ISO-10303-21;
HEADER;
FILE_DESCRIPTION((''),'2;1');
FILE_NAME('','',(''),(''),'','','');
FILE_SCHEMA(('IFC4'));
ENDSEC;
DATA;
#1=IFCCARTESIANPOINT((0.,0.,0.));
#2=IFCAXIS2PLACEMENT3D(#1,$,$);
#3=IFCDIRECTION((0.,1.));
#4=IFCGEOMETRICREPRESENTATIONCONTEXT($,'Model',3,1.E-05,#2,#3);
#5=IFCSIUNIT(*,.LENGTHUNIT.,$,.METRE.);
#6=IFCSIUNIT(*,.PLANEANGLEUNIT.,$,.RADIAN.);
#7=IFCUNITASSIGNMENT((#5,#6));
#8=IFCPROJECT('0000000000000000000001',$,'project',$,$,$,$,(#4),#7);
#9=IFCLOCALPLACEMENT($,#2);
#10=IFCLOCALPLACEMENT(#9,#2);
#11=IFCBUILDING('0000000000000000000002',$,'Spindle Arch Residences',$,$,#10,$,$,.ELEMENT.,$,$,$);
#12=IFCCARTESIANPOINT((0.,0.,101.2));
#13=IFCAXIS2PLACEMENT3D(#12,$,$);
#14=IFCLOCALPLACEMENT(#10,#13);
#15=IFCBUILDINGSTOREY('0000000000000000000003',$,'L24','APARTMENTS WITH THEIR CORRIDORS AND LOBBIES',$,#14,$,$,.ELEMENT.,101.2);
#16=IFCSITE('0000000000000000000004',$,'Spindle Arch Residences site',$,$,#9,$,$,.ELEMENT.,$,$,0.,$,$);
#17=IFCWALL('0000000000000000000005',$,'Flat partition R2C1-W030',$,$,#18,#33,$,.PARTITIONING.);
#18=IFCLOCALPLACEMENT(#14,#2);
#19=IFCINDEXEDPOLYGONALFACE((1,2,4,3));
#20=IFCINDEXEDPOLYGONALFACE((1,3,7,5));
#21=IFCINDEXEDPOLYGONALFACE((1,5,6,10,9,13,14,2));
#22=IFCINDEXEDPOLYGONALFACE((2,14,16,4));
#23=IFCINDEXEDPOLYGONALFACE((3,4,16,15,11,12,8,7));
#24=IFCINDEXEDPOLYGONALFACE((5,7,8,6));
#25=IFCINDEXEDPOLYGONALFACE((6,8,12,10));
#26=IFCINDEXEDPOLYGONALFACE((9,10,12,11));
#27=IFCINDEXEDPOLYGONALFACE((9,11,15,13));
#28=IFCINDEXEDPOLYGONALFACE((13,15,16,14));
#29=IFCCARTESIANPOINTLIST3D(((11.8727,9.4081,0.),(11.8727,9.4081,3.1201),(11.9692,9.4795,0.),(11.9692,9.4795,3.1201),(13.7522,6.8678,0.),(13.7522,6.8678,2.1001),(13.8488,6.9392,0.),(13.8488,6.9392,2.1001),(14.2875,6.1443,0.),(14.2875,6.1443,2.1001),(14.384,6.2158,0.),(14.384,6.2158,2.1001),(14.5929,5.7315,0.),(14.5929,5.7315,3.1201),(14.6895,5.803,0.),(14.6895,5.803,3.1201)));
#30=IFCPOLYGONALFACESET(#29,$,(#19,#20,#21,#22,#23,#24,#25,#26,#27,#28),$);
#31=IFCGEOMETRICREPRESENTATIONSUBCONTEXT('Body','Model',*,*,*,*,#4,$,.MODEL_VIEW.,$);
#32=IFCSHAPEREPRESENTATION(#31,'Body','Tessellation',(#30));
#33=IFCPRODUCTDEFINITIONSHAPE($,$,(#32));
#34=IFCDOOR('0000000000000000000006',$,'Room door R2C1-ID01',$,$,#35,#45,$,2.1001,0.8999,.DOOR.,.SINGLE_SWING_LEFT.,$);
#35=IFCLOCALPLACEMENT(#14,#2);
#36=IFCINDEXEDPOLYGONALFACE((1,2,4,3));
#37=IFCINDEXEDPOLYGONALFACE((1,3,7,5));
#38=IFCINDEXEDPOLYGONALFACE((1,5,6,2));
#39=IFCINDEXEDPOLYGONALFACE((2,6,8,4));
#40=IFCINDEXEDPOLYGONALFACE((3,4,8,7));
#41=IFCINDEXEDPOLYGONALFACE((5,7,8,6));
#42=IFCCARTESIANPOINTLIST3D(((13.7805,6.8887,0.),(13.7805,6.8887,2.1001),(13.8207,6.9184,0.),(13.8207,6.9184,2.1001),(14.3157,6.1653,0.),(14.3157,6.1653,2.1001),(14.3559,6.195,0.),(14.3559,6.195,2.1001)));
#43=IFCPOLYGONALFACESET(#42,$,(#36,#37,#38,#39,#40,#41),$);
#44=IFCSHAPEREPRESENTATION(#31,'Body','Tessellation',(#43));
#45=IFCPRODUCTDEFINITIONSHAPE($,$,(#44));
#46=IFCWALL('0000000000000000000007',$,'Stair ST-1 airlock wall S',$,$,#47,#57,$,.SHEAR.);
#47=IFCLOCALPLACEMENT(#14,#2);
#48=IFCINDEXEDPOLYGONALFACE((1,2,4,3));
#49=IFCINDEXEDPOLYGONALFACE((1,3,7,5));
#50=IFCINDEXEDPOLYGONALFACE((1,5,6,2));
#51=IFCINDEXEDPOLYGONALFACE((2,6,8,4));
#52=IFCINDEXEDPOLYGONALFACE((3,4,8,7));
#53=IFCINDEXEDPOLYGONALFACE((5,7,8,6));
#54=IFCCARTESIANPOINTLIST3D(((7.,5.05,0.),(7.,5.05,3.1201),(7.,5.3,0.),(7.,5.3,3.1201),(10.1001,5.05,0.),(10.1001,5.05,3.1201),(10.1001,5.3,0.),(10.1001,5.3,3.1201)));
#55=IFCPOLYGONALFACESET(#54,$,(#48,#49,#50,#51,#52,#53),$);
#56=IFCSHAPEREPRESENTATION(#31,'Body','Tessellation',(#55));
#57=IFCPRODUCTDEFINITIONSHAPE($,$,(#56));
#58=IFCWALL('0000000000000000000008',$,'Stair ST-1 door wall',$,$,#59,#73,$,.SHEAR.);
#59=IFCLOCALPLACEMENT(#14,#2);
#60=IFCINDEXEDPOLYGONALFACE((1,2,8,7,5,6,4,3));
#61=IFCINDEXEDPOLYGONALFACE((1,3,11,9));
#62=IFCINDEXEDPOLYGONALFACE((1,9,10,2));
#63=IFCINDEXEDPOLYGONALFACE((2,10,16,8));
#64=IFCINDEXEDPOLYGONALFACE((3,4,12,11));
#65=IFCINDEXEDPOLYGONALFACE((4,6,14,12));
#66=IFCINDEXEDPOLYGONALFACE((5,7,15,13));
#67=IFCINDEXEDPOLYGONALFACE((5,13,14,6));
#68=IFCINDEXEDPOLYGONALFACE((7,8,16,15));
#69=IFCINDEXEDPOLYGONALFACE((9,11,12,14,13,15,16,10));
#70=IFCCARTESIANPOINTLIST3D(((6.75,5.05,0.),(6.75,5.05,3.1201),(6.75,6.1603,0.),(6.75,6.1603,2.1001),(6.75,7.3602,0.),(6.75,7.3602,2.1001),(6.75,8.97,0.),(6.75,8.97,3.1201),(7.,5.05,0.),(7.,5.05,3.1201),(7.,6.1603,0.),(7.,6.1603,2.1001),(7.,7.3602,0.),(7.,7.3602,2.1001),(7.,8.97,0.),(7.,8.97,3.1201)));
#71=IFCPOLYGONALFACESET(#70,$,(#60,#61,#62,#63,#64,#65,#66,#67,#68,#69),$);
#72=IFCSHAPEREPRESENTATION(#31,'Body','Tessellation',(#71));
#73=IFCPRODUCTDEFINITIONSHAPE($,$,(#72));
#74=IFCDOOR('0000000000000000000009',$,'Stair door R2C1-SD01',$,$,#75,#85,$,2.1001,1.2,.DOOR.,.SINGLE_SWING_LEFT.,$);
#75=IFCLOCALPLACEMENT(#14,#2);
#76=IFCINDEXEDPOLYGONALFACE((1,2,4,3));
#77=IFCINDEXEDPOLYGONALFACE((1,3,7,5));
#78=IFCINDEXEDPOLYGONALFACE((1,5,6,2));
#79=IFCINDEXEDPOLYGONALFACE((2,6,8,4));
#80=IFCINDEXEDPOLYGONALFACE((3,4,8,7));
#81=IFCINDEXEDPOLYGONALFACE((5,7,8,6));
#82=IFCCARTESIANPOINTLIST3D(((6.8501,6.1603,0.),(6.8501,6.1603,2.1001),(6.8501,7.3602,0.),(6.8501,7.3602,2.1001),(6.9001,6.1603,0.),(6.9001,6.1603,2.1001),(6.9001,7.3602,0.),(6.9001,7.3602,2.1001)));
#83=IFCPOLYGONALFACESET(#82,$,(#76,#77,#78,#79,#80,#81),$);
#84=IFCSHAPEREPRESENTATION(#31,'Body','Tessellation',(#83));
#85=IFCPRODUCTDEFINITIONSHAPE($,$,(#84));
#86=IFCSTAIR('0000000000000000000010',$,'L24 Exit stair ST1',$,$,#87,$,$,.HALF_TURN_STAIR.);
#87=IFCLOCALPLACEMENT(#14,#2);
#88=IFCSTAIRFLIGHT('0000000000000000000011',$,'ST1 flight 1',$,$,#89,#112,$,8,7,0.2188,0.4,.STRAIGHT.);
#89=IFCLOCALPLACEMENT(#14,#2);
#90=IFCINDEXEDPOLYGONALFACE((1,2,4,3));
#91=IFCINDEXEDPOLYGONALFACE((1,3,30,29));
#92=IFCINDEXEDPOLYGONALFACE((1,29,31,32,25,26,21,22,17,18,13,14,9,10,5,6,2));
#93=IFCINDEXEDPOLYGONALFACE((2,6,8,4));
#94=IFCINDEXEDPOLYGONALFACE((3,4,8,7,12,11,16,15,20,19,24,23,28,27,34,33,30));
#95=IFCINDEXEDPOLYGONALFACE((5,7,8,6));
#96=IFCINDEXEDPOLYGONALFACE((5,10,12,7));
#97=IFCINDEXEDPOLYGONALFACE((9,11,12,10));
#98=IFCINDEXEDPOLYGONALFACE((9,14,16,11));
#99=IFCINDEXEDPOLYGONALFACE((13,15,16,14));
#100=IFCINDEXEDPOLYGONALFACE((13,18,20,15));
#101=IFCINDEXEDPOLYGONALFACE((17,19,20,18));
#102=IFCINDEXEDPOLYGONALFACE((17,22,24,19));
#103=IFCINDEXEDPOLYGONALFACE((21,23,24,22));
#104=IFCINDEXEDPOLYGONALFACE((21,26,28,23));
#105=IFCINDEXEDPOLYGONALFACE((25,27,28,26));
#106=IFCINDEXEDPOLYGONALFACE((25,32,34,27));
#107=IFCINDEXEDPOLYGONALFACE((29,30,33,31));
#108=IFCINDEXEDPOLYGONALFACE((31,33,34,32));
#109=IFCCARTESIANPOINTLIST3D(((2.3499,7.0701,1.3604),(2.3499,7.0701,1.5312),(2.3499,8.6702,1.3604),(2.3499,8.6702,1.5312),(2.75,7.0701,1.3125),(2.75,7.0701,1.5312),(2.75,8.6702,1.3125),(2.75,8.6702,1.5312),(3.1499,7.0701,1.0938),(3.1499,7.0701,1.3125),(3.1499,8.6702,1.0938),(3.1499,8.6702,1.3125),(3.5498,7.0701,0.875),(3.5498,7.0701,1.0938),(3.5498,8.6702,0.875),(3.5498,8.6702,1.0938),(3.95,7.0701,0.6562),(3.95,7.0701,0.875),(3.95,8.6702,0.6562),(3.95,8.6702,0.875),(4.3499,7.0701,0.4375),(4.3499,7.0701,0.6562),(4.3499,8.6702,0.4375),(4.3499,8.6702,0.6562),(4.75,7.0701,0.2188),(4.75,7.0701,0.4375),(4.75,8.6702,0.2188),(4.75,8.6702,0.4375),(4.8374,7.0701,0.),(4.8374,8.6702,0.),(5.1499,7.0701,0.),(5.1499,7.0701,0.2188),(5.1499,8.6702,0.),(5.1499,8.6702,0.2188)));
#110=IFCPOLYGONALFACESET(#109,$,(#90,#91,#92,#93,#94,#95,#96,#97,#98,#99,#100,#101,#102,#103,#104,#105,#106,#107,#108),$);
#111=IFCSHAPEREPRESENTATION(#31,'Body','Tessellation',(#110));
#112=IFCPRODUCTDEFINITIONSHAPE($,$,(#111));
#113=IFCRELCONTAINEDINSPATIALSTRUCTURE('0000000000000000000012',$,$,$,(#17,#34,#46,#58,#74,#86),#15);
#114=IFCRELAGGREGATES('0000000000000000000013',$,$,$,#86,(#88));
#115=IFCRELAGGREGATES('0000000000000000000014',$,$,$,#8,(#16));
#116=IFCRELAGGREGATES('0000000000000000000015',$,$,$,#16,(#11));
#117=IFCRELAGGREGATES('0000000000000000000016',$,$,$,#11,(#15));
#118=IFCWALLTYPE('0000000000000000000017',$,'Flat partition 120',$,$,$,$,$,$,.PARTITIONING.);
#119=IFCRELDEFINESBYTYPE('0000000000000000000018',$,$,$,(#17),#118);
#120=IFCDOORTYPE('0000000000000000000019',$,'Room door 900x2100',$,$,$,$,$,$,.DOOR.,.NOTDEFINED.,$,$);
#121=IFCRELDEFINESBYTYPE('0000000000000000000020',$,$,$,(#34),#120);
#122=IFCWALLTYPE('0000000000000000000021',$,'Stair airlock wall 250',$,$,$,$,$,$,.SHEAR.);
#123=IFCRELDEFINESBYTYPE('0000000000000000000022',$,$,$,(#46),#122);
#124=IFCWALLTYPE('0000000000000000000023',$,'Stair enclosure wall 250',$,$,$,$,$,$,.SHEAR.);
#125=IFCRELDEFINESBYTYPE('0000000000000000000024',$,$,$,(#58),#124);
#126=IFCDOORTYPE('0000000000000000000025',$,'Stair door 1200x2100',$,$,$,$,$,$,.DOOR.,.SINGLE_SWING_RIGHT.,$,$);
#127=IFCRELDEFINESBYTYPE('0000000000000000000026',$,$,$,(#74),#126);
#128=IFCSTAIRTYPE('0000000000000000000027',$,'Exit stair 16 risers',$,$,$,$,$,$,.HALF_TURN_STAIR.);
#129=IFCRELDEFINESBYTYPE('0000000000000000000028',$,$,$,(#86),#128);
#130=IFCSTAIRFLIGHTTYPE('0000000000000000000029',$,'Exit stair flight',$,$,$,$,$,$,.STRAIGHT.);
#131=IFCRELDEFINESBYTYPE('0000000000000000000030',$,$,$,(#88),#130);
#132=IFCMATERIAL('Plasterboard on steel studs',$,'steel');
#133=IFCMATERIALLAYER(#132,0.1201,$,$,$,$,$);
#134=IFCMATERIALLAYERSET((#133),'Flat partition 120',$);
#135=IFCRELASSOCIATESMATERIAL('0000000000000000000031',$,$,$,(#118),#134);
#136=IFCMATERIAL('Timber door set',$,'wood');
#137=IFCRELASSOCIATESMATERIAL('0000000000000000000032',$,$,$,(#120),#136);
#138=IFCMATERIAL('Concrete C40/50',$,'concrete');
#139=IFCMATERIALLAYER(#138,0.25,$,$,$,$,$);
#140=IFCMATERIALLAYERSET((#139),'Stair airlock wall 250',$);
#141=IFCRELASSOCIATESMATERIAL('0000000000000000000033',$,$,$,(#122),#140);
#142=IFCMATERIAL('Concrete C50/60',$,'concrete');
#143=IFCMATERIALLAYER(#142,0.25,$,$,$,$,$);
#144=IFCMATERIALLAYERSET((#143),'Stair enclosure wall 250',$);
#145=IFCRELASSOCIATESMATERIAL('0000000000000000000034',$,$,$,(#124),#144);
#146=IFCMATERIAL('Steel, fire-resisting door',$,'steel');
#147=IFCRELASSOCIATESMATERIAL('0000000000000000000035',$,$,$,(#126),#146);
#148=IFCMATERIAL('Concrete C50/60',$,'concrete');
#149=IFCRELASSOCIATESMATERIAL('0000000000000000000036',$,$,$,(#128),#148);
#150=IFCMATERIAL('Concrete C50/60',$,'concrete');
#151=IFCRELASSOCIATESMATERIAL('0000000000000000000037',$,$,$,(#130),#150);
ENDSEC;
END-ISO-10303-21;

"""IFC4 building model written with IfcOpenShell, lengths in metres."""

from ifc_helpers import new_model, si_unit, direction, frame, frame_2d, origin, place, context, subcontext, project, spatial, polyline, rectangle, outline, extrude, material, layer, layer_set, type_object, element, fill, aggregate, save


model = new_model("IFC4")

# Units and contexts
model_context = context("Model", 3, precision=1e-05, world=origin(), true_north=direction((0.0, 1.0)))
body_context = subcontext(model_context, "Body", "Model", "MODEL_VIEW")
ifc_project = project(units=[si_unit("LENGTHUNIT", "METRE"), si_unit("PLANEANGLEUNIT", "RADIAN")], contexts=[model_context])

# Site, building, storey
site_placement = place(None, origin())
site = spatial("IfcSite", under=ifc_project, at=site_placement, Name="Spindle Arch Residences site", CompositionType="ELEMENT", RefElevation=0.0)
building_placement = place(site_placement, origin())
building = spatial("IfcBuilding", under=site, at=building_placement, Name="Spindle Arch Residences", CompositionType="ELEMENT")
storey_placement = place(building_placement, frame((0.0, 0.0, 101.2)))
storey = spatial("IfcBuildingStorey", under=building, at=storey_placement, Name="L24", Description="APARTMENTS WITH THEIR CORRIDORS AND LOBBIES", CompositionType="ELEMENT", Elevation=101.2)

# Wall, opening, door
ifc_material_1 = material(Name="Plasterboard on steel studs", Category="steel")
ifc_layer_1 = layer(ifc_material_1, 0.1201)
ifc_layer_set_1 = layer_set([ifc_layer_1], Name="Flat partition 120")
wall_type_1 = type_object("IfcWallType", Name="Flat partition 120", PredefinedType="PARTITIONING", material=ifc_layer_set_1)
wall_1_placement = place(storey_placement, frame((14.6411, 5.7673, 0.0), z_axis=(0.0, 0.0, 1.0), x_axis=(-0.594786, 0.803884, 0.0)))
wall_1 = element("IfcWall", 1, at=wall_1_placement, inside=storey, type_object=wall_type_1, Name="Flat partition R2C1-W030", PredefinedType="PARTITIONING", context=body_context, shape_type="SweptSolid", body=[
    extrude(rectangle(XDim=4.5735, YDim=0.1201, at=frame_2d((2.2866, 0.0))), origin(), (0.0, 0.0, 1.0), 3.1201),
])
opening_1_placement = place(wall_1_placement, frame((0.5134, 0.0, 0.0)))
opening_1 = element("IfcOpeningElement", 2, at=opening_1_placement, cuts=wall_1, PredefinedType="OPENING", context=body_context, shape_type="SweptSolid", body=[
    extrude(rectangle(XDim=0.8999, YDim=2.1001, at=frame_2d((0.45, 1.05))), frame((0.0, 0.0701, 0.0), z_axis=(0.0, -1.0, 0.0), x_axis=(1.0, 0.0, 0.0)), (0.0, 0.0, 1.0), 0.1401),
])
ifc_material_2 = material(Name="Timber door set", Category="wood")
door_type_1 = type_object("IfcDoorType", Name="Room door 900x2100", OperationType="NOTDEFINED", PredefinedType="DOOR", material=ifc_material_2)
door_1_placement = place(opening_1_placement, origin())
door_1 = element("IfcDoor", 3, at=door_1_placement, inside=storey, type_object=door_type_1, Name="Room door R2C1-ID01", OperationType="SINGLE_SWING_LEFT", OverallHeight=2.1001, OverallWidth=0.8999, PredefinedType="DOOR", context=body_context, shape_type="SweptSolid", body=[
    extrude(rectangle(XDim=0.8999, YDim=2.1001, at=frame_2d((0.45, 1.05))), frame((0.0, 0.0249, 0.0), z_axis=(0.0, -1.0, 0.0), x_axis=(1.0, 0.0, 0.0)), (0.0, 0.0, 1.0), 0.05),
])
fill(opening_1, door_1)

# Wall
ifc_material_3 = material(Name="Concrete C40/50", Category="concrete")
ifc_layer_2 = layer(ifc_material_3, 0.25)
ifc_layer_set_2 = layer_set([ifc_layer_2], Name="Stair airlock wall 250")
wall_type_2 = type_object("IfcWallType", Name="Stair airlock wall 250", PredefinedType="SHEAR", material=ifc_layer_set_2)
wall_2_placement = place(storey_placement, frame((7.0, 5.175, 0.0), z_axis=(0.0, 0.0, 1.0), x_axis=(1.0, 0.0, 0.0)))
element("IfcWall", 4, at=wall_2_placement, inside=storey, type_object=wall_type_2, Name="Stair ST-1 airlock wall S", PredefinedType="SHEAR", context=body_context, shape_type="SweptSolid", body=[
    extrude(rectangle(XDim=3.1001, YDim=0.25, at=frame_2d((1.55, 0.0))), origin(), (0.0, 0.0, 1.0), 3.1201),
])

# Wall, opening, door
ifc_material_4 = material(Name="Concrete C50/60", Category="concrete")
ifc_layer_3 = layer(ifc_material_4, 0.25)
ifc_layer_set_3 = layer_set([ifc_layer_3], Name="Stair enclosure wall 250")
wall_type_3 = type_object("IfcWallType", Name="Stair enclosure wall 250", PredefinedType="SHEAR", material=ifc_layer_set_3)
wall_3_placement = place(storey_placement, frame((6.875, 5.05, 0.0), z_axis=(0.0, 0.0, 1.0), x_axis=(0.0, 1.0, 0.0)))
wall_3 = element("IfcWall", 5, at=wall_3_placement, inside=storey, type_object=wall_type_3, Name="Stair ST-1 door wall", PredefinedType="SHEAR", context=body_context, shape_type="SweptSolid", body=[
    extrude(rectangle(XDim=3.9199, YDim=0.25, at=frame_2d((1.96, 0.0))), origin(), (0.0, 0.0, 1.0), 3.1201),
])
opening_2_placement = place(wall_3_placement, frame((1.1101, 0.0, 0.0)))
opening_2 = element("IfcOpeningElement", 6, at=opening_2_placement, cuts=wall_3, PredefinedType="OPENING", context=body_context, shape_type="SweptSolid", body=[
    extrude(rectangle(XDim=1.2, YDim=2.1001, at=frame_2d((0.6001, 1.05))), frame((0.0, 0.135, 0.0), z_axis=(0.0, -1.0, 0.0), x_axis=(1.0, 0.0, 0.0)), (0.0, 0.0, 1.0), 0.27),
])
ifc_material_5 = material(Name="Steel, fire-resisting door", Category="steel")
door_type_2 = type_object("IfcDoorType", Name="Stair door 1200x2100", OperationType="SINGLE_SWING_RIGHT", PredefinedType="DOOR", material=ifc_material_5)
door_2_placement = place(opening_2_placement, origin())
door_2 = element("IfcDoor", 7, at=door_2_placement, inside=storey, type_object=door_type_2, Name="Stair door R2C1-SD01", OperationType="SINGLE_SWING_LEFT", OverallHeight=2.1001, OverallWidth=1.2, PredefinedType="DOOR", context=body_context, shape_type="SweptSolid", body=[
    extrude(rectangle(XDim=1.2, YDim=2.1001, at=frame_2d((0.6001, 1.05))), frame((0.0, 0.0249, 0.0), z_axis=(0.0, -1.0, 0.0), x_axis=(1.0, 0.0, 0.0)), (0.0, 0.0, 1.0), 0.05),
])
fill(opening_2, door_2)

# Stair, stair flight
ifc_material_6 = material(Name="Concrete C50/60", Category="concrete")
stair_type = type_object("IfcStairType", Name="Exit stair 16 risers", PredefinedType="HALF_TURN_STAIR", material=ifc_material_6)
stair_placement = place(storey_placement, origin())
stair = element("IfcStair", 8, at=stair_placement, inside=storey, type_object=stair_type, Name="L24 Exit stair ST1", PredefinedType="HALF_TURN_STAIR")
ifc_material_7 = material(Name="Concrete C50/60", Category="concrete")
stair_flight_type = type_object("IfcStairFlightType", Name="Exit stair flight", PredefinedType="STRAIGHT", material=ifc_material_7)
stair_flight_placement = place(storey_placement, frame((5.1499, 7.8701, 0.0), z_axis=(0.0, 0.0, 1.0), x_axis=(-1.0, 0.0, 0.0)))
stair_flight = element("IfcStairFlight", 9, at=stair_flight_placement, type_object=stair_flight_type, Name="ST1 flight 1", NumberOfRisers=8, NumberOfTreads=7, PredefinedType="STRAIGHT", RiserHeight=0.2188, TreadLength=0.4, context=body_context, shape_type="SweptSolid", body=[
    extrude(outline(polyline([(0.0, 0.0), (0.0, 0.2188), (0.3999, 0.2188), (0.3999, 0.4375), (0.8, 0.4375), (0.8, 0.6562), (1.2, 0.6562), (1.2, 0.875), (1.6001, 0.875), (1.6001, 1.0938), (2.0, 1.0938), (2.0, 1.3125), (2.3999, 1.3125), (2.3999, 1.5312), (2.8, 1.5312), (2.8, 1.75), (2.8, 1.3604), (0.3125, 0.0), (0.0, 0.0)])), frame((0.0, 0.8, 0.0), z_axis=(0.0, -1.0, 0.0), x_axis=(1.0, 0.0, 0.0)), (0.0, 0.0, 1.0), 1.6001),
])
aggregate(stair, [stair_flight])

save(model, "model.ifc")
